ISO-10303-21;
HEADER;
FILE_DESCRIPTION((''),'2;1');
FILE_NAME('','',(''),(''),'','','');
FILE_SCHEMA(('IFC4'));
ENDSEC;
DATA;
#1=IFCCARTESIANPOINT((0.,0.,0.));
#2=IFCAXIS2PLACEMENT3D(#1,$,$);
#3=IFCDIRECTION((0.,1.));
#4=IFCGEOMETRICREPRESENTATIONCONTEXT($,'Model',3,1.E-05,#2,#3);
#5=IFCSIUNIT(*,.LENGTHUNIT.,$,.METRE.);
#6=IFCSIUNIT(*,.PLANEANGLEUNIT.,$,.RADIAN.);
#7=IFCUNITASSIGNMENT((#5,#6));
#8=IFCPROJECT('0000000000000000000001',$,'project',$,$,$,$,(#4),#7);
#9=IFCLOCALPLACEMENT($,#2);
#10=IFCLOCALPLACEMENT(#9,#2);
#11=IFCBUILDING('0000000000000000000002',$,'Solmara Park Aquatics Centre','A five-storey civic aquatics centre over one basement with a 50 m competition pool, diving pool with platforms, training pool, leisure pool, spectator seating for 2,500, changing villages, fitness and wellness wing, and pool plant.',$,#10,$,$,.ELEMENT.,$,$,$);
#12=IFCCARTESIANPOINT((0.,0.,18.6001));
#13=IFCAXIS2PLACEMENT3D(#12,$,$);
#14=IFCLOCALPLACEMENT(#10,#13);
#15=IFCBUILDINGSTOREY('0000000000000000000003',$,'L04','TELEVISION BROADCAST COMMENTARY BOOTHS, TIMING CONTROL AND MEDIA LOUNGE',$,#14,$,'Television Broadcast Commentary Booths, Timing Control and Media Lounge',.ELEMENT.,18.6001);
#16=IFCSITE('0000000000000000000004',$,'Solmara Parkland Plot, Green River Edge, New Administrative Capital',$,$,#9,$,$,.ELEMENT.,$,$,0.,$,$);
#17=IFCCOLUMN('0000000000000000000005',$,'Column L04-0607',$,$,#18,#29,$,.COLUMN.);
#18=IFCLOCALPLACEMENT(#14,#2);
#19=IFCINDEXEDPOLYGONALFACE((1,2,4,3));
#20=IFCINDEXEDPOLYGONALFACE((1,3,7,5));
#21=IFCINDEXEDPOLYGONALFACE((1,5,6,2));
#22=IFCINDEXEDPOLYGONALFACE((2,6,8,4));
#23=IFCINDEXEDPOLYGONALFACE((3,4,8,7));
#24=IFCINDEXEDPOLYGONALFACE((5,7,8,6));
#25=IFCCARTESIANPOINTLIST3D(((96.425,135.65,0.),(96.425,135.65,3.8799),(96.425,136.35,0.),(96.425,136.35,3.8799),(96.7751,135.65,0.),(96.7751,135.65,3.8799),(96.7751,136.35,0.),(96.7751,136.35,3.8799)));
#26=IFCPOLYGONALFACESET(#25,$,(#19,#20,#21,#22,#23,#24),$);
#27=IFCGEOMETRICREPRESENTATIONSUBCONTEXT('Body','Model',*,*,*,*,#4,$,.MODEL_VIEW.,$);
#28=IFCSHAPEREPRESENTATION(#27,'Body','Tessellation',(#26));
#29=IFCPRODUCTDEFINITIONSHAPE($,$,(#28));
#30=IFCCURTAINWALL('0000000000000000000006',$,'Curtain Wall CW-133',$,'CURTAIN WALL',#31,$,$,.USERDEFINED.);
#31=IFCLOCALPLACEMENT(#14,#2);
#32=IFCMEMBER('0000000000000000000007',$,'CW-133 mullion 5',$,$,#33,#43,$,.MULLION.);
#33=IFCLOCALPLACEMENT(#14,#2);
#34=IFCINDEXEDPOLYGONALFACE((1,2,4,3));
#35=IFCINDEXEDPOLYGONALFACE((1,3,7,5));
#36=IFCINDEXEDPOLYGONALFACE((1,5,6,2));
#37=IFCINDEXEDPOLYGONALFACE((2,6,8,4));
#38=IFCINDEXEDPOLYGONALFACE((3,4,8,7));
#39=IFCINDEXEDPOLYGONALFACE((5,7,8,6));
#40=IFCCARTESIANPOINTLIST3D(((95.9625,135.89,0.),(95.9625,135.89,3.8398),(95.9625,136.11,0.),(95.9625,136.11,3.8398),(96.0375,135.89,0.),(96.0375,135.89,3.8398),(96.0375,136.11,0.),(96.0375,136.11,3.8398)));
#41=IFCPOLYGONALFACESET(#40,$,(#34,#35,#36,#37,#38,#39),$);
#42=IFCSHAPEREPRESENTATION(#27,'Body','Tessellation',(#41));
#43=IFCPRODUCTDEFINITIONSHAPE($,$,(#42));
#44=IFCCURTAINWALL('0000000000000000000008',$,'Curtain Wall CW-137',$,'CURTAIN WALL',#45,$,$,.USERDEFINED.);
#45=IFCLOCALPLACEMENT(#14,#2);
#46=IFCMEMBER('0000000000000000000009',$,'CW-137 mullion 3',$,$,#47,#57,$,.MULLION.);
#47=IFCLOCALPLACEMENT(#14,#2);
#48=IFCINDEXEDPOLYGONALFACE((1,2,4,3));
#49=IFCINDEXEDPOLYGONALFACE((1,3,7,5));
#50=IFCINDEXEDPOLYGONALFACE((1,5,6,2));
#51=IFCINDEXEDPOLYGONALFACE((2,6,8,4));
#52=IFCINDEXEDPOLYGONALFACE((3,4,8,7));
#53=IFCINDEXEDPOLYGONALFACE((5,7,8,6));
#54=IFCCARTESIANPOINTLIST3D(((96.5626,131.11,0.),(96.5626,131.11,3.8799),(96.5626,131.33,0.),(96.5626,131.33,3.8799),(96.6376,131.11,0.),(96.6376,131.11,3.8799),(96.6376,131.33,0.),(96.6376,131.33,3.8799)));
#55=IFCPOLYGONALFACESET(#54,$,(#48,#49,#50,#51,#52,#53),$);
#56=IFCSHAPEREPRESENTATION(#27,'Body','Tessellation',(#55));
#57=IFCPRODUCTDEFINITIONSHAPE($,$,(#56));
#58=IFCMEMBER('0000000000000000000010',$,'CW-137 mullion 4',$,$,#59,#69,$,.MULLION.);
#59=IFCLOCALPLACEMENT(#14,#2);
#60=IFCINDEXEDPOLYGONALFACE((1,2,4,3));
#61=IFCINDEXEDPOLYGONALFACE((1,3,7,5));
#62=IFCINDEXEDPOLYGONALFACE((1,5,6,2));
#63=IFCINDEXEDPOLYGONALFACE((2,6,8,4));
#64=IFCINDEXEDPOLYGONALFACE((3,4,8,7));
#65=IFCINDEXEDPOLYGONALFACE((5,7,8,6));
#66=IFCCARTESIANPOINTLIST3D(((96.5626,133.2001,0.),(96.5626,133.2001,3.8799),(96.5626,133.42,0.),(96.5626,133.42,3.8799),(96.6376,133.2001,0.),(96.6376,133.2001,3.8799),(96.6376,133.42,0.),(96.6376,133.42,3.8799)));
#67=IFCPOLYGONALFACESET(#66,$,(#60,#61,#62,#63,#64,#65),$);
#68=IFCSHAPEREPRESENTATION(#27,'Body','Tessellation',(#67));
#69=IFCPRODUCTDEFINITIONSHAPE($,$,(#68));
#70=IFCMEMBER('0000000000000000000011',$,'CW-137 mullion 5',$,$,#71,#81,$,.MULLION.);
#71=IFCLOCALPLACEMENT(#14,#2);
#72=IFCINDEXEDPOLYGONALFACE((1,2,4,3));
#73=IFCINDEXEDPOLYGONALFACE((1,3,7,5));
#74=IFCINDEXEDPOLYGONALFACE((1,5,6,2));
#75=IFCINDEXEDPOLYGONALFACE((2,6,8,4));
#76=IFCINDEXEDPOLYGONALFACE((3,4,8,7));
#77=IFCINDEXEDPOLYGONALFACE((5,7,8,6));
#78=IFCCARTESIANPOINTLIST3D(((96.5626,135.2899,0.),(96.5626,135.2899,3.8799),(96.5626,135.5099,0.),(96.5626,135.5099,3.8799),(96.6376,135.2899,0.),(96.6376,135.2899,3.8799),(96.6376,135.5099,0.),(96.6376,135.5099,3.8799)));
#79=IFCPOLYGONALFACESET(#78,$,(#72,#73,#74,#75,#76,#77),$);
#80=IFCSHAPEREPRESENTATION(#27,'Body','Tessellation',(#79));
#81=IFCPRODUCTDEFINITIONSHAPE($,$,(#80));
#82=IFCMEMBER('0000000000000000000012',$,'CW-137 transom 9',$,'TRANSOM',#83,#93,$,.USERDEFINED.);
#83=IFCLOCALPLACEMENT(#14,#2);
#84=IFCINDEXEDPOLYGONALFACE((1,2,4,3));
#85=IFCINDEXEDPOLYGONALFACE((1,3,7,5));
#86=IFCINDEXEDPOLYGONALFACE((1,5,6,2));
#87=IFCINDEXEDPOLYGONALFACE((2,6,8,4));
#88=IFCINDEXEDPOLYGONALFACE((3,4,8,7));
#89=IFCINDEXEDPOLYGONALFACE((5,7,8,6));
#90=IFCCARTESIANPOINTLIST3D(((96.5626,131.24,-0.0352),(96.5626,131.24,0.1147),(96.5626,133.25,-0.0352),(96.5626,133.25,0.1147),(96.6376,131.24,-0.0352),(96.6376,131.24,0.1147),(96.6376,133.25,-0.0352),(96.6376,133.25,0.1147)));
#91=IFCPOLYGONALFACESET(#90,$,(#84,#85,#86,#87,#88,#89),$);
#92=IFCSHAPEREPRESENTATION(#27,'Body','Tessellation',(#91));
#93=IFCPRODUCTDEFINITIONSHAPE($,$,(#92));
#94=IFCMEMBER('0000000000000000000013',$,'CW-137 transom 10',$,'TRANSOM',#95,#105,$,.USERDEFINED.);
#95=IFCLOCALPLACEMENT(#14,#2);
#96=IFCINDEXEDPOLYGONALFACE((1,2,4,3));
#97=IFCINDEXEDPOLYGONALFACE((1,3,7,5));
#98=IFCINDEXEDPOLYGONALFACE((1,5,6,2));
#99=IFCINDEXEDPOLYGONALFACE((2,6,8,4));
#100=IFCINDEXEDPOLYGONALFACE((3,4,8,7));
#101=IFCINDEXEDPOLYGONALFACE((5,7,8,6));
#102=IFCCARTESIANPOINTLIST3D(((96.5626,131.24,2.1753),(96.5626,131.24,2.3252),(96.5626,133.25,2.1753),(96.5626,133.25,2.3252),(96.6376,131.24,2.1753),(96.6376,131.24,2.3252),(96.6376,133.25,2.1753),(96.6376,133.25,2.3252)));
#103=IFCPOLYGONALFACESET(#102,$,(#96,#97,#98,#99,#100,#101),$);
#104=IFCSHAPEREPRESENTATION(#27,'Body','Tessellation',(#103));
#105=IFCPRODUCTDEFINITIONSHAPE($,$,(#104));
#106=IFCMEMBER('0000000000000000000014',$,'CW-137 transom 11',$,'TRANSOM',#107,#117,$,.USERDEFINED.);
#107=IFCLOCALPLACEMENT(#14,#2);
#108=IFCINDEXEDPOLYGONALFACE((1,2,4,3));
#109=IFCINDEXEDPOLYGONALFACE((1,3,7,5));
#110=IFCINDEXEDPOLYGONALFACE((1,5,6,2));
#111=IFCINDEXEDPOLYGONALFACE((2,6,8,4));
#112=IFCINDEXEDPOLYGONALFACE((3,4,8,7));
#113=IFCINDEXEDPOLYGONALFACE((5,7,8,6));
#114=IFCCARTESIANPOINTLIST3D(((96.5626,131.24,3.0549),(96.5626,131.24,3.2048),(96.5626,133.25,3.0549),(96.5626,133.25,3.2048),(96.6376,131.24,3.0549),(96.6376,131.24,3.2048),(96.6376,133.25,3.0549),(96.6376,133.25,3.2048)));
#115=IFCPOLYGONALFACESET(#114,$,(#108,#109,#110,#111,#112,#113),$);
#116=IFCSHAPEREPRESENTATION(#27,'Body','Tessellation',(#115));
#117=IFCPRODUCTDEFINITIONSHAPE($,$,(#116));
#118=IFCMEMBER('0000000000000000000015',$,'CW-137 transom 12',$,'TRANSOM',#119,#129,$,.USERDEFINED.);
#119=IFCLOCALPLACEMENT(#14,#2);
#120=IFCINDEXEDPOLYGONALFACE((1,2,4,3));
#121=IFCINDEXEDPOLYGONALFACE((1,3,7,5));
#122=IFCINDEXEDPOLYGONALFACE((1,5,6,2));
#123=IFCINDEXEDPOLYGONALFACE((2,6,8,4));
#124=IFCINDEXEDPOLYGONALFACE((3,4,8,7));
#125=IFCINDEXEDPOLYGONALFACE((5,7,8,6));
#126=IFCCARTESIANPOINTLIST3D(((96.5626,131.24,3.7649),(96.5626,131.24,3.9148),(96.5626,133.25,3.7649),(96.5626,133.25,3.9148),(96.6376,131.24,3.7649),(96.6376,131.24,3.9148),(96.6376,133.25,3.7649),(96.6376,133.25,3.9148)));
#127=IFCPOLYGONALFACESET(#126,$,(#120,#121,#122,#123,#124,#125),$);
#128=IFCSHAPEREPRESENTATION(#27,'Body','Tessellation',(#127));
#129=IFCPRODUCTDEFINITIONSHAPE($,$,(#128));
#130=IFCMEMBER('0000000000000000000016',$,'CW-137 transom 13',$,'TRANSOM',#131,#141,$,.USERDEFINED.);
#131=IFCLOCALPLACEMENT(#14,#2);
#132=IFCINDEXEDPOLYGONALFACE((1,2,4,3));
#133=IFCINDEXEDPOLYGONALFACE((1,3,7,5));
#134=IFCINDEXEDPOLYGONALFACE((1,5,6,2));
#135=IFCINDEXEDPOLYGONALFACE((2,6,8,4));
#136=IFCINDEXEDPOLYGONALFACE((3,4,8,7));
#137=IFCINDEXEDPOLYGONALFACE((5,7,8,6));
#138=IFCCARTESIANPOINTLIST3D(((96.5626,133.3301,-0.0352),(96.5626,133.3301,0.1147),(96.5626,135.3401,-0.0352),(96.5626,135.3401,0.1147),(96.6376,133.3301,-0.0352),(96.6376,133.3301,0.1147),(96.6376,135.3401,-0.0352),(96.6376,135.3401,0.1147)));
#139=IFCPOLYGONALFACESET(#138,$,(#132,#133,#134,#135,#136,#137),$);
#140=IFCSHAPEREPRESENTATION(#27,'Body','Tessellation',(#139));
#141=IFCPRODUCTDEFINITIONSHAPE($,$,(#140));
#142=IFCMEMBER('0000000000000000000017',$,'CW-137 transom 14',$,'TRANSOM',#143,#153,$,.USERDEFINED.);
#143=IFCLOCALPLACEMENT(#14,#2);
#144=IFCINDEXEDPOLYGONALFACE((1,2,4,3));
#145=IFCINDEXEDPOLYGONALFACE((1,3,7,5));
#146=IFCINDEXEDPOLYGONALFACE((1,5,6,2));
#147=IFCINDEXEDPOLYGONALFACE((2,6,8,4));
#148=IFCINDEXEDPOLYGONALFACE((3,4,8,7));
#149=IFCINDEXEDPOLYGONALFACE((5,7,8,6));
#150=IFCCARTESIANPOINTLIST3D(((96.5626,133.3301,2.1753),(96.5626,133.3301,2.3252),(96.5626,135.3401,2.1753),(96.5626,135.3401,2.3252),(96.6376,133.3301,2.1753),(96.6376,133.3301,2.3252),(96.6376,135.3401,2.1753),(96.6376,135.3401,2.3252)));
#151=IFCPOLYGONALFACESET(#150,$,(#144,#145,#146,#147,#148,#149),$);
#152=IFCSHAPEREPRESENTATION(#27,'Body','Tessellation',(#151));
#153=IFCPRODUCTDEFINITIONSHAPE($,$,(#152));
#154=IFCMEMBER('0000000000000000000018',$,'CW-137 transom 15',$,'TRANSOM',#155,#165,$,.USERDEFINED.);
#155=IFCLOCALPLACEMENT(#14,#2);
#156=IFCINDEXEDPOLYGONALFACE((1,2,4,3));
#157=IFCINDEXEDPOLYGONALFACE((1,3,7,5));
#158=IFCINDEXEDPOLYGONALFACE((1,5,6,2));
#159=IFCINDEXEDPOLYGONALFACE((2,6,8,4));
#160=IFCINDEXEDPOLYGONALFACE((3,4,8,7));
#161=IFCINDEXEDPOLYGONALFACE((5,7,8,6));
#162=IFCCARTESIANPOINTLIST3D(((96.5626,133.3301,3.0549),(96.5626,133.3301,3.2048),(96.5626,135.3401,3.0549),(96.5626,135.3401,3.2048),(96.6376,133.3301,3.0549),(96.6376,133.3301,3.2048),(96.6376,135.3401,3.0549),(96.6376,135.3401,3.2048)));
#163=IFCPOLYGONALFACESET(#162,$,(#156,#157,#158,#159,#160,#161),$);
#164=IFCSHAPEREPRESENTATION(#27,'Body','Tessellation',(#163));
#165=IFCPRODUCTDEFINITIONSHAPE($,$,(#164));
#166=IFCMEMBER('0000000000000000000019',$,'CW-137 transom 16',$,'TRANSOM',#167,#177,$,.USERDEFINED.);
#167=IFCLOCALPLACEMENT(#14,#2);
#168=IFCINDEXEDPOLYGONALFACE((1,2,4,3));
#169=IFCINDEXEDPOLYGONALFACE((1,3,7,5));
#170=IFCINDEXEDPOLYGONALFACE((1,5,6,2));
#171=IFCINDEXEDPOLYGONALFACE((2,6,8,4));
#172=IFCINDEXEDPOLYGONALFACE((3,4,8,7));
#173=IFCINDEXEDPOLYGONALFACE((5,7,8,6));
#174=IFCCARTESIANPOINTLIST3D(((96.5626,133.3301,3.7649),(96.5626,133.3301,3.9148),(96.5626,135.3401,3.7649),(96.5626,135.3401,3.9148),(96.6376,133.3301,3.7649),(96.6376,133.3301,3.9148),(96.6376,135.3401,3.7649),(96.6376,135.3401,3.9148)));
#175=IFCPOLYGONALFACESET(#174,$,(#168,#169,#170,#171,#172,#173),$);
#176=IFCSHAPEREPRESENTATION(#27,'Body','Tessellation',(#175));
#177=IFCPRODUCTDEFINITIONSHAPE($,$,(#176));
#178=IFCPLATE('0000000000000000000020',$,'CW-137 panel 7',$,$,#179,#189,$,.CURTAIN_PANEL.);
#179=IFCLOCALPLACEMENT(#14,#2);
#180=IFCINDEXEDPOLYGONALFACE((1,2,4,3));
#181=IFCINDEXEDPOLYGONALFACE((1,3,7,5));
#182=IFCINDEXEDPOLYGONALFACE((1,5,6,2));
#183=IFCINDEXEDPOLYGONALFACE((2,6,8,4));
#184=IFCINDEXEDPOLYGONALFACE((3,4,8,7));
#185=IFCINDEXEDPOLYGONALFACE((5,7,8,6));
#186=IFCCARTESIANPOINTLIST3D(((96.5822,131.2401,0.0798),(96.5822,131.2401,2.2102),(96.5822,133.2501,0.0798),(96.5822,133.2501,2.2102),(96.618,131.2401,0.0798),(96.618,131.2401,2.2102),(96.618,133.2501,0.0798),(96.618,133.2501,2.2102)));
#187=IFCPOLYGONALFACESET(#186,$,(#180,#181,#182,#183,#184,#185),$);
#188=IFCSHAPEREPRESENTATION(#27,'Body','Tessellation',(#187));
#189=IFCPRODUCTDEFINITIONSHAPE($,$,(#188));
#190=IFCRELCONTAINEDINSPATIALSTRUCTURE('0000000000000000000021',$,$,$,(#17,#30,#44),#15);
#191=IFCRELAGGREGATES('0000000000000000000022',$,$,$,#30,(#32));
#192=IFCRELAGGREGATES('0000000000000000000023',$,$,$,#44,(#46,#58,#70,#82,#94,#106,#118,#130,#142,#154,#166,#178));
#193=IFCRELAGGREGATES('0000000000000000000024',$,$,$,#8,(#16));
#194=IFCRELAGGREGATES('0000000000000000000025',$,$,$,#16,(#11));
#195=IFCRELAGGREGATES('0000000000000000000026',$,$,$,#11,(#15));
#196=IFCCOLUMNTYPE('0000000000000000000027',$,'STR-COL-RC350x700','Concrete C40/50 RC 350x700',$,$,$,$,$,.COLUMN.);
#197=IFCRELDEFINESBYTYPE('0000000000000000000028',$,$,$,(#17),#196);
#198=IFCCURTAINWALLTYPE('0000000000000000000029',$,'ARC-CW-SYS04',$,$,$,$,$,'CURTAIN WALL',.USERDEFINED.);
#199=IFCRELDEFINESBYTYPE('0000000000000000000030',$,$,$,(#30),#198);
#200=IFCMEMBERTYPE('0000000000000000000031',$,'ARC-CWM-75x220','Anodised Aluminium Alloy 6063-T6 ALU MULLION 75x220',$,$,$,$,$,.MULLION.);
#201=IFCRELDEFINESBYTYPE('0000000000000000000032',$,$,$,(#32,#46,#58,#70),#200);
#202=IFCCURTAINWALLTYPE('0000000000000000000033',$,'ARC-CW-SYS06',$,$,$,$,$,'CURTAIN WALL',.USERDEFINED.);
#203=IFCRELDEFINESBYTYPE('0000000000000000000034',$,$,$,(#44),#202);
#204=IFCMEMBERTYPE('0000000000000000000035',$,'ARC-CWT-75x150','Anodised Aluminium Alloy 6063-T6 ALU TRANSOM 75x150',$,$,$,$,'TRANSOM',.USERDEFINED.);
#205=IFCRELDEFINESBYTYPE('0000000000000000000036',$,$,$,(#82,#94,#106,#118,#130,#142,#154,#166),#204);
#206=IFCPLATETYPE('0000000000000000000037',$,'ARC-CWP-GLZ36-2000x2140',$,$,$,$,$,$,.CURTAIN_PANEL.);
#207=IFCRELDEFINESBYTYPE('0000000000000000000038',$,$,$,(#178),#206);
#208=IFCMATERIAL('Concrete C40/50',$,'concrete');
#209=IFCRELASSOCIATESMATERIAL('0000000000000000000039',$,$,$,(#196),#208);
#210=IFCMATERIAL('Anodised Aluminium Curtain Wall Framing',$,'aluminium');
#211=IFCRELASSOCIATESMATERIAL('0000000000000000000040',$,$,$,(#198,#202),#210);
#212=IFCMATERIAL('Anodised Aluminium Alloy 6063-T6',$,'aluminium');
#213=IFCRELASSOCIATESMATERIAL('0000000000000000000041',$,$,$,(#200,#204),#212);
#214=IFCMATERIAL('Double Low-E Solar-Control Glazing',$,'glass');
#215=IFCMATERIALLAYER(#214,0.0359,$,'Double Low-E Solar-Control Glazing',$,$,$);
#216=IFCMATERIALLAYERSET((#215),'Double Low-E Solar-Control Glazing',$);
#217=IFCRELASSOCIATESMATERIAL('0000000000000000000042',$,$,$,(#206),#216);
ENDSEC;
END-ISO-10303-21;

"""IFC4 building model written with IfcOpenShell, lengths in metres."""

from ifc_helpers import new_model, si_unit, direction, frame, origin, origin_2d, place, context, subcontext, project, spatial, rectangle, extrude, material, layer, layer_set, material_profile, profile_set, type_object, element, aggregate, save


model = new_model("IFC4")

# Units and contexts
model_context = context("Model", 3, precision=1e-05, world=origin(), true_north=direction((0.0, 1.0)))
body_context = subcontext(model_context, "Body", "Model", "MODEL_VIEW")
ifc_project = project(units=[si_unit("LENGTHUNIT", "METRE"), si_unit("PLANEANGLEUNIT", "RADIAN")], contexts=[model_context])

# Site, building, storey
site_placement = place(None, origin())
site = spatial("IfcSite", under=ifc_project, at=site_placement, Name="Solmara Parkland Plot, Green River Edge, New Administrative Capital", CompositionType="ELEMENT", RefElevation=0.0)
building_placement = place(site_placement, origin())
building = spatial("IfcBuilding", under=site, at=building_placement, Name="Solmara Park Aquatics Centre", Description="A five-storey civic aquatics centre over one basement with a 50 m competition pool, diving pool with platforms, training pool, leisure pool, spectator seating for 2,500, changing villages, fitness and wellness wing, and pool plant.", CompositionType="ELEMENT")
storey_placement = place(building_placement, frame((0.0, 0.0, 18.6001)))
storey = spatial("IfcBuildingStorey", under=building, at=storey_placement, Name="L04", Description="TELEVISION BROADCAST COMMENTARY BOOTHS, TIMING CONTROL AND MEDIA LOUNGE", LongName="Television Broadcast Commentary Booths, Timing Control and Media Lounge", CompositionType="ELEMENT", Elevation=18.6001)

# Column
ifc_material_1 = material(Name="Concrete C40/50", Category="concrete")
ifc_material_profile_1 = material_profile(ifc_material_1, rectangle(XDim=0.3501, YDim=0.7, at=origin_2d()), Name="RC 350x700")
ifc_profile_set_1 = profile_set([ifc_material_profile_1], Name="Concrete C40/50")
column_type = type_object("IfcColumnType", Name="STR-COL-RC350x700", Description="Concrete C40/50 RC 350x700", PredefinedType="COLUMN", material=ifc_profile_set_1)
column_placement = place(storey_placement, frame((96.6001, 136.0, 0.0), z_axis=(0.0, 0.0, 1.0), x_axis=(1.0, 0.0, 0.0)))
element("IfcColumn", 1, at=column_placement, inside=storey, type_object=column_type, Name="Column L04-0607", PredefinedType="COLUMN", context=body_context, shape_type="SweptSolid", body=[
    extrude(rectangle(XDim=0.3501, YDim=0.7, at=origin_2d()), origin(), (0.0, 0.0, 1.0), 3.8799),
])

# Curtain wall, member
ifc_material_2 = material(Name="Anodised Aluminium Curtain Wall Framing", Category="aluminium")
curtain_wall_type_1 = type_object("IfcCurtainWallType", Name="ARC-CW-SYS04", ElementType="CURTAIN WALL", PredefinedType="USERDEFINED", material=ifc_material_2)
curtain_wall_1_placement = place(storey_placement, origin())
curtain_wall_1 = element("IfcCurtainWall", 2, at=curtain_wall_1_placement, inside=storey, type_object=curtain_wall_type_1, Name="Curtain Wall CW-133", ObjectType="CURTAIN WALL", PredefinedType="USERDEFINED")
ifc_material_3 = material(Name="Anodised Aluminium Alloy 6063-T6", Category="aluminium")
ifc_material_profile_2 = material_profile(ifc_material_3, rectangle(XDim=0.075, YDim=0.22, at=origin_2d()), Name="ALU MULLION 75x220")
ifc_profile_set_2 = profile_set([ifc_material_profile_2], Name="Anodised Aluminium Alloy 6063-T6")
member_type_1 = type_object("IfcMemberType", Name="ARC-CWM-75x220", Description="Anodised Aluminium Alloy 6063-T6 ALU MULLION 75x220", PredefinedType="MULLION", material=ifc_profile_set_2)
member_1_placement = place(storey_placement, frame((96.0, 136.0, 0.0), z_axis=(0.0, 0.0, 1.0), x_axis=(1.0, 0.0, 0.0)))
member_1 = element("IfcMember", 3, at=member_1_placement, type_object=member_type_1, Name="CW-133 mullion 5", PredefinedType="MULLION", context=body_context, shape_type="SweptSolid", body=[
    extrude(rectangle(XDim=0.075, YDim=0.22, at=origin_2d()), origin(), (0.0, 0.0, 1.0), 3.8398),
])
aggregate(curtain_wall_1, [member_1])

# Curtain wall, members, plate
curtain_wall_type_2 = type_object("IfcCurtainWallType", Name="ARC-CW-SYS06", ElementType="CURTAIN WALL", PredefinedType="USERDEFINED", material=ifc_material_2)
curtain_wall_2_placement = place(storey_placement, origin())
curtain_wall_2 = element("IfcCurtainWall", 4, at=curtain_wall_2_placement, inside=storey, type_object=curtain_wall_type_2, Name="Curtain Wall CW-137", ObjectType="CURTAIN WALL", PredefinedType="USERDEFINED")
member_2_placement = place(storey_placement, frame((96.6001, 131.22, 0.0), z_axis=(0.0, 0.0, 1.0), x_axis=(1.0, 0.0, 0.0)))
member_2 = element("IfcMember", 5, at=member_2_placement, type_object=member_type_1, Name="CW-137 mullion 3", PredefinedType="MULLION", context=body_context, shape_type="SweptSolid", body=[
    extrude(rectangle(XDim=0.075, YDim=0.22, at=origin_2d()), origin(), (0.0, 0.0, 1.0), 3.8799),
])
member_3_placement = place(storey_placement, frame((96.6001, 133.3101, 0.0), z_axis=(0.0, 0.0, 1.0), x_axis=(1.0, 0.0, 0.0)))
member_3 = element("IfcMember", 6, at=member_3_placement, type_object=member_type_1, Name="CW-137 mullion 4", PredefinedType="MULLION", context=body_context, shape_type="SweptSolid", body=[
    extrude(rectangle(XDim=0.075, YDim=0.22, at=origin_2d()), origin(), (0.0, 0.0, 1.0), 3.8799),
])
member_4_placement = place(storey_placement, frame((96.6001, 135.3999, 0.0), z_axis=(0.0, 0.0, 1.0), x_axis=(1.0, 0.0, 0.0)))
member_4 = element("IfcMember", 7, at=member_4_placement, type_object=member_type_1, Name="CW-137 mullion 5", PredefinedType="MULLION", context=body_context, shape_type="SweptSolid", body=[
    extrude(rectangle(XDim=0.075, YDim=0.22, at=origin_2d()), origin(), (0.0, 0.0, 1.0), 3.8799),
])
ifc_material_profile_3 = material_profile(ifc_material_3, rectangle(XDim=0.075, YDim=0.1499, at=origin_2d()), Name="ALU TRANSOM 75x150")
ifc_profile_set_3 = profile_set([ifc_material_profile_3], Name="Anodised Aluminium Alloy 6063-T6")
member_type_2 = type_object("IfcMemberType", Name="ARC-CWT-75x150", Description="Anodised Aluminium Alloy 6063-T6 ALU TRANSOM 75x150", ElementType="TRANSOM", PredefinedType="USERDEFINED", material=ifc_profile_set_3)
member_5_placement = place(storey_placement, frame((96.6001, 131.24, 0.0398), z_axis=(0.0, 1.0, 0.0), x_axis=(-1.0, 0.0, 0.0)))
member_5 = element("IfcMember", 8, at=member_5_placement, type_object=member_type_2, Name="CW-137 transom 9", ObjectType="TRANSOM", PredefinedType="USERDEFINED", context=body_context, shape_type="SweptSolid", body=[
    extrude(rectangle(XDim=0.075, YDim=0.1499, at=origin_2d()), origin(), (0.0, 0.0, 1.0), 2.01),
])
member_6_placement = place(storey_placement, frame((96.6001, 131.24, 2.2502), z_axis=(0.0, 1.0, 0.0), x_axis=(-1.0, 0.0, 0.0)))
member_6 = element("IfcMember", 9, at=member_6_placement, type_object=member_type_2, Name="CW-137 transom 10", ObjectType="TRANSOM", PredefinedType="USERDEFINED", context=body_context, shape_type="SweptSolid", body=[
    extrude(rectangle(XDim=0.075, YDim=0.1499, at=origin_2d()), origin(), (0.0, 0.0, 1.0), 2.01),
])
member_7_placement = place(storey_placement, frame((96.6001, 131.24, 3.1299), z_axis=(0.0, 1.0, 0.0), x_axis=(-1.0, 0.0, 0.0)))
member_7 = element("IfcMember", 10, at=member_7_placement, type_object=member_type_2, Name="CW-137 transom 11", ObjectType="TRANSOM", PredefinedType="USERDEFINED", context=body_context, shape_type="SweptSolid", body=[
    extrude(rectangle(XDim=0.075, YDim=0.1499, at=origin_2d()), origin(), (0.0, 0.0, 1.0), 2.01),
])
member_8_placement = place(storey_placement, frame((96.6001, 131.24, 3.8398), z_axis=(0.0, 1.0, 0.0), x_axis=(-1.0, 0.0, 0.0)))
member_8 = element("IfcMember", 11, at=member_8_placement, type_object=member_type_2, Name="CW-137 transom 12", ObjectType="TRANSOM", PredefinedType="USERDEFINED", context=body_context, shape_type="SweptSolid", body=[
    extrude(rectangle(XDim=0.075, YDim=0.1499, at=origin_2d()), origin(), (0.0, 0.0, 1.0), 2.01),
])
member_9_placement = place(storey_placement, frame((96.6001, 133.3301, 0.0398), z_axis=(0.0, 1.0, 0.0), x_axis=(-1.0, 0.0, 0.0)))
member_9 = element("IfcMember", 12, at=member_9_placement, type_object=member_type_2, Name="CW-137 transom 13", ObjectType="TRANSOM", PredefinedType="USERDEFINED", context=body_context, shape_type="SweptSolid", body=[
    extrude(rectangle(XDim=0.075, YDim=0.1499, at=origin_2d()), origin(), (0.0, 0.0, 1.0), 2.01),
])
member_10_placement = place(storey_placement, frame((96.6001, 133.3301, 2.2502), z_axis=(0.0, 1.0, 0.0), x_axis=(-1.0, 0.0, 0.0)))
member_10 = element("IfcMember", 13, at=member_10_placement, type_object=member_type_2, Name="CW-137 transom 14", ObjectType="TRANSOM", PredefinedType="USERDEFINED", context=body_context, shape_type="SweptSolid", body=[
    extrude(rectangle(XDim=0.075, YDim=0.1499, at=origin_2d()), origin(), (0.0, 0.0, 1.0), 2.01),
])
member_11_placement = place(storey_placement, frame((96.6001, 133.3301, 3.1299), z_axis=(0.0, 1.0, 0.0), x_axis=(-1.0, 0.0, 0.0)))
member_11 = element("IfcMember", 14, at=member_11_placement, type_object=member_type_2, Name="CW-137 transom 15", ObjectType="TRANSOM", PredefinedType="USERDEFINED", context=body_context, shape_type="SweptSolid", body=[
    extrude(rectangle(XDim=0.075, YDim=0.1499, at=origin_2d()), origin(), (0.0, 0.0, 1.0), 2.01),
])
member_12_placement = place(storey_placement, frame((96.6001, 133.3301, 3.8398), z_axis=(0.0, 1.0, 0.0), x_axis=(-1.0, 0.0, 0.0)))
member_12 = element("IfcMember", 15, at=member_12_placement, type_object=member_type_2, Name="CW-137 transom 16", ObjectType="TRANSOM", PredefinedType="USERDEFINED", context=body_context, shape_type="SweptSolid", body=[
    extrude(rectangle(XDim=0.075, YDim=0.1499, at=origin_2d()), origin(), (0.0, 0.0, 1.0), 2.01),
])
ifc_material_4 = material(Name="Double Low-E Solar-Control Glazing", Category="glass")
ifc_layer_1 = layer(ifc_material_4, 0.0359, Name="Double Low-E Solar-Control Glazing")
ifc_layer_set_1 = layer_set([ifc_layer_1], Name="Double Low-E Solar-Control Glazing")
plate_type_1 = type_object("IfcPlateType", Name="ARC-CWP-GLZ36-2000x2140", PredefinedType="CURTAIN_PANEL", material=ifc_layer_set_1)
plate_1_placement = place(storey_placement, frame((96.6001, 132.2451, 0.0798), z_axis=(0.0, 0.0, 1.0), x_axis=(0.0, 1.0, 0.0)))
plate_1 = element("IfcPlate", 16, at=plate_1_placement, type_object=plate_type_1, Name="CW-137 panel 7", PredefinedType="CURTAIN_PANEL", context=body_context, shape_type="SweptSolid", body=[
    extrude(rectangle(XDim=2.01, YDim=0.0359, at=origin_2d()), origin(), (0.0, 0.0, 1.0), 2.1304),
])
aggregate(curtain_wall_2, [member_2, member_3, member_4, member_5, member_6, member_7, member_8, member_9, member_10, member_11, member_12, plate_1])

save(model, "model.ifc")
